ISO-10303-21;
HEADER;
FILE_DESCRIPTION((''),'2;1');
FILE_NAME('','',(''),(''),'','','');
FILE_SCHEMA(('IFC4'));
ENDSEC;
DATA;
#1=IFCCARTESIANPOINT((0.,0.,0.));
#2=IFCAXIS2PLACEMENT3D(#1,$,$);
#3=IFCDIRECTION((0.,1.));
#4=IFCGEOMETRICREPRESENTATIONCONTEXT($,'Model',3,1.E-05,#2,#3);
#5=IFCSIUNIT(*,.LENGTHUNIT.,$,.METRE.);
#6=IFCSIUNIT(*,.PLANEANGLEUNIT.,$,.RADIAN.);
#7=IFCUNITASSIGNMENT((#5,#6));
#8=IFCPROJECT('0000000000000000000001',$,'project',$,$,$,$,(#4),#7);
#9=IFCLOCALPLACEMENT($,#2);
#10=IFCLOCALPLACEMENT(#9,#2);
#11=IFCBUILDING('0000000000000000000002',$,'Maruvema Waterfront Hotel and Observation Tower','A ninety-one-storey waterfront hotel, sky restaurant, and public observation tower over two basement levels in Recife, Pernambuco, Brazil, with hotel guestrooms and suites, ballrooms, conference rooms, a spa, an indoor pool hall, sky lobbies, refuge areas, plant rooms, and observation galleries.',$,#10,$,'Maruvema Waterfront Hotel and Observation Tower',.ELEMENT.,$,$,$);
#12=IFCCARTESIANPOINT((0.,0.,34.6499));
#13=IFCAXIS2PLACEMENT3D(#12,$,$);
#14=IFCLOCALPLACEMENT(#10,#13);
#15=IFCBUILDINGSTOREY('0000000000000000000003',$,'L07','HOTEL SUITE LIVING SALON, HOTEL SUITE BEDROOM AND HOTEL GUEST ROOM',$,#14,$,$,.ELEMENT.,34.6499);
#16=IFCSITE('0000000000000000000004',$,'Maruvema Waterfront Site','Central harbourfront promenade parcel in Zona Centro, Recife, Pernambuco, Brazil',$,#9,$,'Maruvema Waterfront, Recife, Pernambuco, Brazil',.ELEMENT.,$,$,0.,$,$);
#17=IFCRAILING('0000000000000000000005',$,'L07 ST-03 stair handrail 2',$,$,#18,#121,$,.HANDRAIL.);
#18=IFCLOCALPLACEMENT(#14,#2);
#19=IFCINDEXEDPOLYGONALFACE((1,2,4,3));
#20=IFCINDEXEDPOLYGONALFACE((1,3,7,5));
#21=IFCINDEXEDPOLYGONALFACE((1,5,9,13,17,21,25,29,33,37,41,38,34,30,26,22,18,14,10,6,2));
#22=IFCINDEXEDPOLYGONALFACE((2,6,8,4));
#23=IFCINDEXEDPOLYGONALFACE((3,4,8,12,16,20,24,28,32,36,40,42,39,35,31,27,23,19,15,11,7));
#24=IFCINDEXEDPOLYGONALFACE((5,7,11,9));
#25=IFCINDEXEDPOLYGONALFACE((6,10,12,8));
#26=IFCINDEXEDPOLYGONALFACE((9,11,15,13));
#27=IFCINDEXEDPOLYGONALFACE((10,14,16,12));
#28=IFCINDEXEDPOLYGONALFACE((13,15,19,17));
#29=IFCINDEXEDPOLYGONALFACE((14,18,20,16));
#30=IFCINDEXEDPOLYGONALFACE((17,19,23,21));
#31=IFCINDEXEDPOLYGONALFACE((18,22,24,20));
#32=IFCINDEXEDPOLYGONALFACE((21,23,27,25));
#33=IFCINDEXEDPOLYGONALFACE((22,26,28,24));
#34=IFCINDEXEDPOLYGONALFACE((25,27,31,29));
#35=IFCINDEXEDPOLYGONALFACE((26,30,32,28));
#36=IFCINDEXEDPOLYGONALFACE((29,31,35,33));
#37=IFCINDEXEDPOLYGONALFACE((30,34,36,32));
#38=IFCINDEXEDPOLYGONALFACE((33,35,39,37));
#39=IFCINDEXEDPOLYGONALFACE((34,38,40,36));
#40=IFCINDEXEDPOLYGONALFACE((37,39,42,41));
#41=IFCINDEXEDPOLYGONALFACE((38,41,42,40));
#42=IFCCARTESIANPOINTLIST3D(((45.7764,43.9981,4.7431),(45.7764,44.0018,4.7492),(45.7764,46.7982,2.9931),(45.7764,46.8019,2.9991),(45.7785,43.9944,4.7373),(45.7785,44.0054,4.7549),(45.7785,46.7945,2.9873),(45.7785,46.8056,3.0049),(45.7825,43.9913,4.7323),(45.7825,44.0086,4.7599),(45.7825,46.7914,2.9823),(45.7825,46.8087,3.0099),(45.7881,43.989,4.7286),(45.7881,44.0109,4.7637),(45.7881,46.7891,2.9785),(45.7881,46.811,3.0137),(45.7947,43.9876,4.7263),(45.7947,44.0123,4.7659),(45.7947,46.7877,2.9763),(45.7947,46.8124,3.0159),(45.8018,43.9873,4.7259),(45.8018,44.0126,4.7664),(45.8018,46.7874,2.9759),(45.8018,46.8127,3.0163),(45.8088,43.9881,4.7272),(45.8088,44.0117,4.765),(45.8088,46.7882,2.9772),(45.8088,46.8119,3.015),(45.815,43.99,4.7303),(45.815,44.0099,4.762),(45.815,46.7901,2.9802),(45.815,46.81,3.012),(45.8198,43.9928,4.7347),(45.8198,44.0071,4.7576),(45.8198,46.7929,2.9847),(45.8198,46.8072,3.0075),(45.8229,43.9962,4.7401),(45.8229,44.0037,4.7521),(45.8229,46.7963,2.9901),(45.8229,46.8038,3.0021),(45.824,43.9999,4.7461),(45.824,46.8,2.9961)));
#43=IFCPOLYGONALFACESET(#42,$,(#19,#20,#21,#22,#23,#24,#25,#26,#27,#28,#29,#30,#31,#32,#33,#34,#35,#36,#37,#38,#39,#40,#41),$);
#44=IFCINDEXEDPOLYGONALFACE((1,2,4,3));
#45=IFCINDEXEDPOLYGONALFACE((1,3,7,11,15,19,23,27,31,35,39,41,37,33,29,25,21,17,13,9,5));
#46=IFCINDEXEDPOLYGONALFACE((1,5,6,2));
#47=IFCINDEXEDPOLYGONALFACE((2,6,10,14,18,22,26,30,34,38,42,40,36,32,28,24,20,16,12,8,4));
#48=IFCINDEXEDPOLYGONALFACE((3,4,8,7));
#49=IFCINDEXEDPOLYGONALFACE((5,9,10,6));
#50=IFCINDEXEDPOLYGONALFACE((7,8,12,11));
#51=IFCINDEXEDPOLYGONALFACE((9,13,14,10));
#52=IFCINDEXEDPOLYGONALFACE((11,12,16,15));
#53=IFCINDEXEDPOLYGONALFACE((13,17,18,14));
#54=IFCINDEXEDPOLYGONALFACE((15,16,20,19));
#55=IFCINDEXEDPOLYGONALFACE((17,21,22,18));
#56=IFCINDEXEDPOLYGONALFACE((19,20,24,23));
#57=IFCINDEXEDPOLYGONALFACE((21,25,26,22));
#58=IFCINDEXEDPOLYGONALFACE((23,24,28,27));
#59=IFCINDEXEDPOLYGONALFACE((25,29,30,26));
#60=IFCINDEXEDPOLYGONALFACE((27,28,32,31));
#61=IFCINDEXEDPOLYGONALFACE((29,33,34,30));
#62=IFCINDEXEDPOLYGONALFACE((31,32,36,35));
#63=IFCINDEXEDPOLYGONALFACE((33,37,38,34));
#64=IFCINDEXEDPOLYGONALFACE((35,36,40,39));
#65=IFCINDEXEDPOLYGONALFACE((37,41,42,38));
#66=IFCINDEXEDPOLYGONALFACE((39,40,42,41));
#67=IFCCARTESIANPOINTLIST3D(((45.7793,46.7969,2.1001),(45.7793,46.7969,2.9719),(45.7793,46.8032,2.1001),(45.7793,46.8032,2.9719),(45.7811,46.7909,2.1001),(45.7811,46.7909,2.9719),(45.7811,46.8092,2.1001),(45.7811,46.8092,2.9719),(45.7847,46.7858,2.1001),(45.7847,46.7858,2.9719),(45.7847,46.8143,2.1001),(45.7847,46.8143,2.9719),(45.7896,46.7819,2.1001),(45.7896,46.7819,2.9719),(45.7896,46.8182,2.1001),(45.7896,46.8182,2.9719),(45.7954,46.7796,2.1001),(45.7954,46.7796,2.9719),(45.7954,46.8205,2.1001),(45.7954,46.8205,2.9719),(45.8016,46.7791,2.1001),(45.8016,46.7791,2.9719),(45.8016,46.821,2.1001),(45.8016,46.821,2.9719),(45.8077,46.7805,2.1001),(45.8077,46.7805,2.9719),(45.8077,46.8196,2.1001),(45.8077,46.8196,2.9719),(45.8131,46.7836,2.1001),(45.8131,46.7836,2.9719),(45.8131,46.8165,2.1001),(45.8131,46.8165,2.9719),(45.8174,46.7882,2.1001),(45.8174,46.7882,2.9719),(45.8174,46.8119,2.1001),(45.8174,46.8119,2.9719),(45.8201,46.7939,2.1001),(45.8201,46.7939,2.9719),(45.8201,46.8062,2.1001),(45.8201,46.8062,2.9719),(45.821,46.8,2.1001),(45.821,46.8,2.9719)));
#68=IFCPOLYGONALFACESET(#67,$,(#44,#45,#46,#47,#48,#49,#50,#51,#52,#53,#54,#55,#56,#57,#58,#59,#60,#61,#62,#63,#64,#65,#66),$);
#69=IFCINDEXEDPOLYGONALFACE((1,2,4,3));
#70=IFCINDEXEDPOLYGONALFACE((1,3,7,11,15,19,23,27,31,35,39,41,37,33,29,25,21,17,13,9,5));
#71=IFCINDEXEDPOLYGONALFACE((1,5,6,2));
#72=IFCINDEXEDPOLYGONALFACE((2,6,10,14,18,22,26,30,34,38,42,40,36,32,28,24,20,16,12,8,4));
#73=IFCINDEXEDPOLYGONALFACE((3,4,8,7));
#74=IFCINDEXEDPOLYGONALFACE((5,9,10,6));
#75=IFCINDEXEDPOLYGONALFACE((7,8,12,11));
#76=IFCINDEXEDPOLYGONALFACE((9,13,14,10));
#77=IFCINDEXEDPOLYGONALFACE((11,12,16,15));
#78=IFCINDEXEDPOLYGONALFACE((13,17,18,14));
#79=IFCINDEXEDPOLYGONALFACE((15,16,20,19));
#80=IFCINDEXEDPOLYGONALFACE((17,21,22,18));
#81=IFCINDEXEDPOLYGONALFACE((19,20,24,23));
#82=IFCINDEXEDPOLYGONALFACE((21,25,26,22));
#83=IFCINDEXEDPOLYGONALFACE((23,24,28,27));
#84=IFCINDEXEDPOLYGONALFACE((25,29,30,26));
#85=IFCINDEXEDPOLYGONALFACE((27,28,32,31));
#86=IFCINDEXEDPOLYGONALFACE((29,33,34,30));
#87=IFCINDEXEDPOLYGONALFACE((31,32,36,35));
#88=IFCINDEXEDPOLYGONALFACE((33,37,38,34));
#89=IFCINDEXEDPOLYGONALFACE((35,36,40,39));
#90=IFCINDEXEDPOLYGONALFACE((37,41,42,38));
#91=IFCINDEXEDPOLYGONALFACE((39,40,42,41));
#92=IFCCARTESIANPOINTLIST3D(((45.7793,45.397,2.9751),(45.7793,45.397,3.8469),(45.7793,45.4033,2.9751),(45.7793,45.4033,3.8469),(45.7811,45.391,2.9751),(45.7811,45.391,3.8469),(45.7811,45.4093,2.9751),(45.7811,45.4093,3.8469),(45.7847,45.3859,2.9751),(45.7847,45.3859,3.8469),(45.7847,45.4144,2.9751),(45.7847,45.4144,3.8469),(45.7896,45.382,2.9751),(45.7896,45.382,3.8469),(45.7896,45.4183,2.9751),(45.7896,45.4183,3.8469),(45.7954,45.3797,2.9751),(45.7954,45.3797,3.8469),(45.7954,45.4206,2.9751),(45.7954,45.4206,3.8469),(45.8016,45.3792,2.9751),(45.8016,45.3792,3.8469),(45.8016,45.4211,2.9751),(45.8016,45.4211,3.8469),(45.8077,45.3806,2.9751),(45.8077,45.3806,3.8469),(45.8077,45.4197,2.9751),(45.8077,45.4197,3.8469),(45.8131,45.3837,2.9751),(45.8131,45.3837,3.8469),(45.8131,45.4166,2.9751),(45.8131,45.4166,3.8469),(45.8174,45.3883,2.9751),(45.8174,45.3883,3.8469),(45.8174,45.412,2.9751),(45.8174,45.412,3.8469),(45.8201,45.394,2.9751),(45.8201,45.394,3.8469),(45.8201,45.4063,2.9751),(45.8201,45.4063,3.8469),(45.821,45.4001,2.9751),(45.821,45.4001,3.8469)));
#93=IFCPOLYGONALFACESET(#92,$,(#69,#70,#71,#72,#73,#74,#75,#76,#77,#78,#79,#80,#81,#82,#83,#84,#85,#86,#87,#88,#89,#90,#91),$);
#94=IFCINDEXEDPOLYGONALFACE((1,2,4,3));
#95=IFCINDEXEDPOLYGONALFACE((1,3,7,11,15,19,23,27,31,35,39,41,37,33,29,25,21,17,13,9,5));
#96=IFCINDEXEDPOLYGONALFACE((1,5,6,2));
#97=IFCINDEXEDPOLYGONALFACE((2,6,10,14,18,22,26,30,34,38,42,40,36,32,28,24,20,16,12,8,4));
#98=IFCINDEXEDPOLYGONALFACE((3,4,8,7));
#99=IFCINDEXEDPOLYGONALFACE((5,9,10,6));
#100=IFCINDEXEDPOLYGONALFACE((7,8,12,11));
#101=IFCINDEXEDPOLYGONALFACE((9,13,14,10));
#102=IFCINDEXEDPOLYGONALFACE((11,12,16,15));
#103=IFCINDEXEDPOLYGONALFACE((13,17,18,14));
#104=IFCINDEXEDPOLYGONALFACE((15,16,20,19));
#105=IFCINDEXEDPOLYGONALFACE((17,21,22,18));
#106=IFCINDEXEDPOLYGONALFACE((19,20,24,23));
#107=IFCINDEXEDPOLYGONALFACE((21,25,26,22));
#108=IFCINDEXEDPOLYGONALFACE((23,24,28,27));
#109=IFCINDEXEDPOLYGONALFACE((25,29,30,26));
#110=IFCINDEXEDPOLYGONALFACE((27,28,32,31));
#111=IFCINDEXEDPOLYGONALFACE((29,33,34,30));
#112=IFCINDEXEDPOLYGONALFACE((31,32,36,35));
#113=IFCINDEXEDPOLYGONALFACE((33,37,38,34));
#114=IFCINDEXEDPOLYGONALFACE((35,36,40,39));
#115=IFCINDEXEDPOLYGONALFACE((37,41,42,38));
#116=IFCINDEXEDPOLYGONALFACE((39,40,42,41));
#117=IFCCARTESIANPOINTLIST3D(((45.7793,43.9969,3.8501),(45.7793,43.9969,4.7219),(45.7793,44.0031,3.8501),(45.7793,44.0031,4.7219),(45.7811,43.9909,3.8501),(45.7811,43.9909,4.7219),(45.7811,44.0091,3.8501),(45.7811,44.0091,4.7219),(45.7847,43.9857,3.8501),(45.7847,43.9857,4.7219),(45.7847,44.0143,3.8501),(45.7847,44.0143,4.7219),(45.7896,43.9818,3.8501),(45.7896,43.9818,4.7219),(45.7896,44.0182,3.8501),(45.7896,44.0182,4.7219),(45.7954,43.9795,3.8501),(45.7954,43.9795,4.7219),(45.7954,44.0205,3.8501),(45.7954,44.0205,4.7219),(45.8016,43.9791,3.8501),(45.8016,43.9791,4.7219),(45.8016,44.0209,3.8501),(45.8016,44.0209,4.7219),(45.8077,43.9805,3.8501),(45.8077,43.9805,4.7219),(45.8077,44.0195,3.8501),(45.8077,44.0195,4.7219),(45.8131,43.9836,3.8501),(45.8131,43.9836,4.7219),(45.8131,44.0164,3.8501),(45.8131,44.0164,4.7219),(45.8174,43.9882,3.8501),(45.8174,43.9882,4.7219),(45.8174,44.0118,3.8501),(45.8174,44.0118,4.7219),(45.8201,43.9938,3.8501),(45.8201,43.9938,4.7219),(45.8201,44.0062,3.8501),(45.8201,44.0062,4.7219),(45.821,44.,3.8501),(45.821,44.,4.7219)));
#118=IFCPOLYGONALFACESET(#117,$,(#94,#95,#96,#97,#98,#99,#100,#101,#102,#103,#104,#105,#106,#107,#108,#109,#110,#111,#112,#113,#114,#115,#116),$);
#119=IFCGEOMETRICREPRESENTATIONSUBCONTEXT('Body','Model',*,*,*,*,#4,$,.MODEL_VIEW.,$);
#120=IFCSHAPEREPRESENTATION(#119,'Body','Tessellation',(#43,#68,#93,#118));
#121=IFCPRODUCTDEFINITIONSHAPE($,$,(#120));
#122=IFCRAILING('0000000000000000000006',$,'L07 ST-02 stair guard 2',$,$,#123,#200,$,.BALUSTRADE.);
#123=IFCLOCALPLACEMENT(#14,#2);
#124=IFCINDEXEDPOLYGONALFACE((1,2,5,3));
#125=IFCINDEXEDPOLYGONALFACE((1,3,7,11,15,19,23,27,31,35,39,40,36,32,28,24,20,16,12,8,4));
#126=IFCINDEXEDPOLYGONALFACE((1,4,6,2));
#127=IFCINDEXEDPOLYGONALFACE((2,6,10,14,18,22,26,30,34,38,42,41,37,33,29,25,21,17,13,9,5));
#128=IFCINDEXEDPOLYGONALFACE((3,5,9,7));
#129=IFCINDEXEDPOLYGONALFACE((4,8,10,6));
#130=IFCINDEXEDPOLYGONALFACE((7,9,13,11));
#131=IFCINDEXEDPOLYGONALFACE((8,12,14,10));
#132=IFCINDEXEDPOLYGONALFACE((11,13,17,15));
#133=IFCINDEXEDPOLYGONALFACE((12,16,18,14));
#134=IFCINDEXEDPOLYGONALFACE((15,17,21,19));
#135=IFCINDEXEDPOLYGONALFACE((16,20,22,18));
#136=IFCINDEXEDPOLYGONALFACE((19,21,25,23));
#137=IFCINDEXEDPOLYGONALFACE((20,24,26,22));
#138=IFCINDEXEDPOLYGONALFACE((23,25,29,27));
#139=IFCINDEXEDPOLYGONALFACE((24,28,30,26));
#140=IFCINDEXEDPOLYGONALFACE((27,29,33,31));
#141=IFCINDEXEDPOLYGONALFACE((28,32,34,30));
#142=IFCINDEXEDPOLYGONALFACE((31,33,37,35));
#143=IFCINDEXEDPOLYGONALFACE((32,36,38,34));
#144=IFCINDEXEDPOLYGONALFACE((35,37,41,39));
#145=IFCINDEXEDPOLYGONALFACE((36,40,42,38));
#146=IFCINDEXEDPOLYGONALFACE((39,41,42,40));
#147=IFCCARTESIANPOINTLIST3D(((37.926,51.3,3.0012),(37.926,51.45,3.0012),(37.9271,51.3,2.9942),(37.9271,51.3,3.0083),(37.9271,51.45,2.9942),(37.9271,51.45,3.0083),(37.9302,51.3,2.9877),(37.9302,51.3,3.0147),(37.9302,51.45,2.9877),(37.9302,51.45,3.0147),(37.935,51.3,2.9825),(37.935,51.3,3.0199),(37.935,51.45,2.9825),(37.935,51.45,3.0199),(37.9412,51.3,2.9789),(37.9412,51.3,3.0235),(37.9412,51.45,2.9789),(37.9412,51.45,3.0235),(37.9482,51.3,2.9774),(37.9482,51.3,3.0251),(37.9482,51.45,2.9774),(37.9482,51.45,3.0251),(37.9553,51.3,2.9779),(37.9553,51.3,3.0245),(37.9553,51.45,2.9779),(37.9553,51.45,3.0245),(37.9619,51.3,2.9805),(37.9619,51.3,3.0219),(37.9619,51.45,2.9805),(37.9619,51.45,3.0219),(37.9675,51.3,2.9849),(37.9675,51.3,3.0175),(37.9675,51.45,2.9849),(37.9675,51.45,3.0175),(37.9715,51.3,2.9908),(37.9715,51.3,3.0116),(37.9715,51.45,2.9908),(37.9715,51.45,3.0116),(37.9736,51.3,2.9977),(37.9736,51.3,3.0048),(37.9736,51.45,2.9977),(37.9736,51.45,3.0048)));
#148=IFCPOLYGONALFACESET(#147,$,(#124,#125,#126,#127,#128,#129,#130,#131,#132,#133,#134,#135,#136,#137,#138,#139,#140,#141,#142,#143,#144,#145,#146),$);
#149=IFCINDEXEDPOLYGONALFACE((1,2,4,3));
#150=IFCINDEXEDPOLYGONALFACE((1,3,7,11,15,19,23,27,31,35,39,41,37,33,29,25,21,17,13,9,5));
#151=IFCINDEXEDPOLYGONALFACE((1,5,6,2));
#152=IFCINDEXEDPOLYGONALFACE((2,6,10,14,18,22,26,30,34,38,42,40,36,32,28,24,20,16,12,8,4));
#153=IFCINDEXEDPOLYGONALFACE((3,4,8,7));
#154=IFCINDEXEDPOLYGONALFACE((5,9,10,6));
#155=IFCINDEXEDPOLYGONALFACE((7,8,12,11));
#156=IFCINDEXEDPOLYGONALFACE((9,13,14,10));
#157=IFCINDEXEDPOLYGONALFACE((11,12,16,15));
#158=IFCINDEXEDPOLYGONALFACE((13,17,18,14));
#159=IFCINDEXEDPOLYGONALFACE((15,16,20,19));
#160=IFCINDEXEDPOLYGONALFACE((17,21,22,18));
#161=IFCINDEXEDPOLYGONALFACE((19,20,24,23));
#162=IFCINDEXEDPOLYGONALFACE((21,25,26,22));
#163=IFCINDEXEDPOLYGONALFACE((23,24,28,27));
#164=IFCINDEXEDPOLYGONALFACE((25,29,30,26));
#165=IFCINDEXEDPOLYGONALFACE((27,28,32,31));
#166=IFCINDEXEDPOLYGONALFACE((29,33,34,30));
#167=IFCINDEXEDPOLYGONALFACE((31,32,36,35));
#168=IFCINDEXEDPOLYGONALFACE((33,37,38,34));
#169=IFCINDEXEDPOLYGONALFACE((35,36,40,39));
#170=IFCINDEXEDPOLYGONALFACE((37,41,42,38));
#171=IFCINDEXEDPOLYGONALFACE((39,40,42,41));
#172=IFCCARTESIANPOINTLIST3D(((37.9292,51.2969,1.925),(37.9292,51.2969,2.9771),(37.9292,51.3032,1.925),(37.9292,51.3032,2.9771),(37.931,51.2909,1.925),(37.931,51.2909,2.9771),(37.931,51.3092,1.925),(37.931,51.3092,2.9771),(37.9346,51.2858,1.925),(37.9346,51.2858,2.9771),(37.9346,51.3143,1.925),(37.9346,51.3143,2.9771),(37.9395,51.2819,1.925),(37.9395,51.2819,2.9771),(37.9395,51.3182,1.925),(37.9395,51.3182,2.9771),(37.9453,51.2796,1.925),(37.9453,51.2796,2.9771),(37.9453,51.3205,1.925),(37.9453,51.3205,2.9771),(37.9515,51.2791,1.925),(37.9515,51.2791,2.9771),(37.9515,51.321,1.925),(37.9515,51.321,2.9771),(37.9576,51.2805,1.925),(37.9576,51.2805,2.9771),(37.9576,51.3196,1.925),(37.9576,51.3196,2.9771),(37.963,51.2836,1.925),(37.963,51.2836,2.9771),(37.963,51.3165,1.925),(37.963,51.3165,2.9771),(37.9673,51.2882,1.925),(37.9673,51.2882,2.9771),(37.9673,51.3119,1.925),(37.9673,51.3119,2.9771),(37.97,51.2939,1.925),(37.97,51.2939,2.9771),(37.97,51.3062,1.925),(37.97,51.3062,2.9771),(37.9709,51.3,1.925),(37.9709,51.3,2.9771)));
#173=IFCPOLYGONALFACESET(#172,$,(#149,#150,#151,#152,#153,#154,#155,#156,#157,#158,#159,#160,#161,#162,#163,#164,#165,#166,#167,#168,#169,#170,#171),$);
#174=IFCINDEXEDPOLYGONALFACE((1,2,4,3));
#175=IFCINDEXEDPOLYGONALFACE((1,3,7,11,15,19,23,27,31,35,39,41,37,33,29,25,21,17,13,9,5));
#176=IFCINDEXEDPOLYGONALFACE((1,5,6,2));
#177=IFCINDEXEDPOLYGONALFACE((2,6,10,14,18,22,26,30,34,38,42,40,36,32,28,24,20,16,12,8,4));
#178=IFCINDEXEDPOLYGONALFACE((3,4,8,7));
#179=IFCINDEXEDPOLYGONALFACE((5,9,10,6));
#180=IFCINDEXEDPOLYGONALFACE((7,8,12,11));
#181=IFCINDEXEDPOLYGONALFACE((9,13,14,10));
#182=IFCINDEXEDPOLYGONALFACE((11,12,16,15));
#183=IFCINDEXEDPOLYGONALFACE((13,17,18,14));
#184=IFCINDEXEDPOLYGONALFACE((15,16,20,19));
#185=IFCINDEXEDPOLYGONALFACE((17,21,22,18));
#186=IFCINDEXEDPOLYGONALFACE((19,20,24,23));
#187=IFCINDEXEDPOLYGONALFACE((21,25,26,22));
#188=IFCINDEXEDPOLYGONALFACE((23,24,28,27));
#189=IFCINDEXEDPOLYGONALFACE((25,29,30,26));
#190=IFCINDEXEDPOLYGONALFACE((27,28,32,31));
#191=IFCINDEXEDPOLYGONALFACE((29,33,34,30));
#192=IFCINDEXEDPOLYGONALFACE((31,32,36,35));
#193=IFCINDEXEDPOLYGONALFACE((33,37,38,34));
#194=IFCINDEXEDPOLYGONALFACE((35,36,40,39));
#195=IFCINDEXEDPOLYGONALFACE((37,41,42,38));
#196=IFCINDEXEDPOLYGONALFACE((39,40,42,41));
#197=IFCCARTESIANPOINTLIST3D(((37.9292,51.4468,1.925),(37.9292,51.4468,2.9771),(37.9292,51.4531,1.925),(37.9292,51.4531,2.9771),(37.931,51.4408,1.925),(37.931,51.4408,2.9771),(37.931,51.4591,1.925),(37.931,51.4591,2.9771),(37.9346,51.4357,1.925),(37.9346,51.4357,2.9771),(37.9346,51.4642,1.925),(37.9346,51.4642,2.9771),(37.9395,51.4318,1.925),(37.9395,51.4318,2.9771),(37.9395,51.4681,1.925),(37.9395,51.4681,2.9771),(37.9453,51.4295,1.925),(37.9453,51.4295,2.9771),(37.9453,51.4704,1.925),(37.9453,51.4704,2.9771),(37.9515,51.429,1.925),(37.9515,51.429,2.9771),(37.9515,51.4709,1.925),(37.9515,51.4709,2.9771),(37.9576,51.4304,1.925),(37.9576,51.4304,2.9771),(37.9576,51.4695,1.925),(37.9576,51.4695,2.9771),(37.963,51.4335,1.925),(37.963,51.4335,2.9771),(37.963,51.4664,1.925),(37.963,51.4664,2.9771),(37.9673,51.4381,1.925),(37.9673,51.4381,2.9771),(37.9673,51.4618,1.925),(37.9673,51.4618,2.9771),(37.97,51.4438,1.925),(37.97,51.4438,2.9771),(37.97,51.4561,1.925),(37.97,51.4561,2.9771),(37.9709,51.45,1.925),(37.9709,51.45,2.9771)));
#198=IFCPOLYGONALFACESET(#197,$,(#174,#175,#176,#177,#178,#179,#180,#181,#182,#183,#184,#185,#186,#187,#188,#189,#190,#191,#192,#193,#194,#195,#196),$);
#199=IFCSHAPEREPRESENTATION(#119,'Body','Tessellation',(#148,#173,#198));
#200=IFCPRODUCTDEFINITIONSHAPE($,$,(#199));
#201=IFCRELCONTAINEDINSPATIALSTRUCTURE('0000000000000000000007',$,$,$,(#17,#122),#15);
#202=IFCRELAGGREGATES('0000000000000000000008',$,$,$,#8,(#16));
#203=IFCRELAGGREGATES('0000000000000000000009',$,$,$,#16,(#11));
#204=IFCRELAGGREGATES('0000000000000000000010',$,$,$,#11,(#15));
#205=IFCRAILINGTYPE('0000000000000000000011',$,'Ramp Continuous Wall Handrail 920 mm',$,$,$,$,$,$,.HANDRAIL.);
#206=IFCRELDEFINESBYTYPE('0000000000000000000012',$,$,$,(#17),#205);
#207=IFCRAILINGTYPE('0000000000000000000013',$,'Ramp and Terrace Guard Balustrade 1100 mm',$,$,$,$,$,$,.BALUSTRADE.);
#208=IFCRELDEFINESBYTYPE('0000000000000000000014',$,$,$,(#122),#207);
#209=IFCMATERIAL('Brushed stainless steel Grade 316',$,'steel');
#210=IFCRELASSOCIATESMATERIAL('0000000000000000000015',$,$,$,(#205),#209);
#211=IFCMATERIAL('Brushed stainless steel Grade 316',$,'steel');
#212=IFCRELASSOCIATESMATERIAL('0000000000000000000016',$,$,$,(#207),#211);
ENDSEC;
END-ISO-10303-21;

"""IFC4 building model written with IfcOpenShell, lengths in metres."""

from ifc_helpers import new_model, si_unit, direction, frame, origin, origin_2d, place, context, subcontext, project, spatial, circle, extrude, material, type_object, element, save


model = new_model("IFC4")

# Units and contexts
model_context = context("Model", 3, precision=1e-05, world=origin(), true_north=direction((0.0, 1.0)))
body_context = subcontext(model_context, "Body", "Model", "MODEL_VIEW")
ifc_project = project(units=[si_unit("LENGTHUNIT", "METRE"), si_unit("PLANEANGLEUNIT", "RADIAN")], contexts=[model_context])

# Site, building, storey
site_placement = place(None, origin())
site = spatial("IfcSite", under=ifc_project, at=site_placement, Name="Maruvema Waterfront Site", Description="Central harbourfront promenade parcel in Zona Centro, Recife, Pernambuco, Brazil", LongName="Maruvema Waterfront, Recife, Pernambuco, Brazil", CompositionType="ELEMENT", RefElevation=0.0)
building_placement = place(site_placement, origin())
building = spatial("IfcBuilding", under=site, at=building_placement, Name="Maruvema Waterfront Hotel and Observation Tower", Description="A ninety-one-storey waterfront hotel, sky restaurant, and public observation tower over two basement levels in Recife, Pernambuco, Brazil, with hotel guestrooms and suites, ballrooms, conference rooms, a spa, an indoor pool hall, sky lobbies, refuge areas, plant rooms, and observation galleries.", LongName="Maruvema Waterfront Hotel and Observation Tower", CompositionType="ELEMENT")
storey_placement = place(building_placement, frame((0.0, 0.0, 34.6499)))
storey = spatial("IfcBuildingStorey", under=building, at=storey_placement, Name="L07", Description="HOTEL SUITE LIVING SALON, HOTEL SUITE BEDROOM AND HOTEL GUEST ROOM", CompositionType="ELEMENT", Elevation=34.6499)

# Railings
ifc_material_1 = material(Name="Brushed stainless steel Grade 316", Category="steel")
railing_type_1 = type_object("IfcRailingType", Name="Ramp Continuous Wall Handrail 920 mm", PredefinedType="HANDRAIL", material=ifc_material_1)
railing_1_placement = place(storey_placement, frame((45.8, 46.8, 2.1001)))
element("IfcRailing", 1, at=railing_1_placement, inside=storey, type_object=railing_type_1, Name="L07 ST-03 stair handrail 2", PredefinedType="HANDRAIL", context=body_context, shape_type="SweptSolid", body=[
    extrude(circle(Radius=0.0239, at=origin_2d()), frame((0.0, 0.0, 0.896), z_axis=(0.0, -0.848002, 0.529992), x_axis=(1.0, 0.0, 0.0)), (0.0, 0.0, 1.0), 3.302),
    extrude(circle(Radius=0.021, at=origin_2d()), origin(), (0.0, 0.0, 1.0), 0.8718),
    extrude(circle(Radius=0.021, at=origin_2d()), frame((0.0, -1.3999, 0.875)), (0.0, 0.0, 1.0), 0.8718),
    extrude(circle(Radius=0.021, at=origin_2d()), frame((0.0, -2.8, 1.75)), (0.0, 0.0, 1.0), 0.8718),
])
ifc_material_2 = material(Name="Brushed stainless steel Grade 316", Category="steel")
railing_type_2 = type_object("IfcRailingType", Name="Ramp and Terrace Guard Balustrade 1100 mm", PredefinedType="BALUSTRADE", material=ifc_material_2)
railing_2_placement = place(storey_placement, frame((37.95, 51.3, 1.925)))
element("IfcRailing", 2, at=railing_2_placement, inside=storey, type_object=railing_type_2, Name="L07 ST-02 stair guard 2", PredefinedType="BALUSTRADE", context=body_context, shape_type="SweptSolid", body=[
    extrude(circle(Radius=0.0239, at=origin_2d()), frame((0.0, 0.0, 1.0762), z_axis=(0.0, 1.0, 0.0), x_axis=(-1.0, 0.0, 0.0)), (0.0, 0.0, 1.0), 0.1499),
    extrude(circle(Radius=0.021, at=origin_2d()), origin(), (0.0, 0.0, 1.0), 1.052),
    extrude(circle(Radius=0.021, at=origin_2d()), frame((0.0, 0.1499, 0.0)), (0.0, 0.0, 1.0), 1.052),
])

save(model, "model.ifc")
